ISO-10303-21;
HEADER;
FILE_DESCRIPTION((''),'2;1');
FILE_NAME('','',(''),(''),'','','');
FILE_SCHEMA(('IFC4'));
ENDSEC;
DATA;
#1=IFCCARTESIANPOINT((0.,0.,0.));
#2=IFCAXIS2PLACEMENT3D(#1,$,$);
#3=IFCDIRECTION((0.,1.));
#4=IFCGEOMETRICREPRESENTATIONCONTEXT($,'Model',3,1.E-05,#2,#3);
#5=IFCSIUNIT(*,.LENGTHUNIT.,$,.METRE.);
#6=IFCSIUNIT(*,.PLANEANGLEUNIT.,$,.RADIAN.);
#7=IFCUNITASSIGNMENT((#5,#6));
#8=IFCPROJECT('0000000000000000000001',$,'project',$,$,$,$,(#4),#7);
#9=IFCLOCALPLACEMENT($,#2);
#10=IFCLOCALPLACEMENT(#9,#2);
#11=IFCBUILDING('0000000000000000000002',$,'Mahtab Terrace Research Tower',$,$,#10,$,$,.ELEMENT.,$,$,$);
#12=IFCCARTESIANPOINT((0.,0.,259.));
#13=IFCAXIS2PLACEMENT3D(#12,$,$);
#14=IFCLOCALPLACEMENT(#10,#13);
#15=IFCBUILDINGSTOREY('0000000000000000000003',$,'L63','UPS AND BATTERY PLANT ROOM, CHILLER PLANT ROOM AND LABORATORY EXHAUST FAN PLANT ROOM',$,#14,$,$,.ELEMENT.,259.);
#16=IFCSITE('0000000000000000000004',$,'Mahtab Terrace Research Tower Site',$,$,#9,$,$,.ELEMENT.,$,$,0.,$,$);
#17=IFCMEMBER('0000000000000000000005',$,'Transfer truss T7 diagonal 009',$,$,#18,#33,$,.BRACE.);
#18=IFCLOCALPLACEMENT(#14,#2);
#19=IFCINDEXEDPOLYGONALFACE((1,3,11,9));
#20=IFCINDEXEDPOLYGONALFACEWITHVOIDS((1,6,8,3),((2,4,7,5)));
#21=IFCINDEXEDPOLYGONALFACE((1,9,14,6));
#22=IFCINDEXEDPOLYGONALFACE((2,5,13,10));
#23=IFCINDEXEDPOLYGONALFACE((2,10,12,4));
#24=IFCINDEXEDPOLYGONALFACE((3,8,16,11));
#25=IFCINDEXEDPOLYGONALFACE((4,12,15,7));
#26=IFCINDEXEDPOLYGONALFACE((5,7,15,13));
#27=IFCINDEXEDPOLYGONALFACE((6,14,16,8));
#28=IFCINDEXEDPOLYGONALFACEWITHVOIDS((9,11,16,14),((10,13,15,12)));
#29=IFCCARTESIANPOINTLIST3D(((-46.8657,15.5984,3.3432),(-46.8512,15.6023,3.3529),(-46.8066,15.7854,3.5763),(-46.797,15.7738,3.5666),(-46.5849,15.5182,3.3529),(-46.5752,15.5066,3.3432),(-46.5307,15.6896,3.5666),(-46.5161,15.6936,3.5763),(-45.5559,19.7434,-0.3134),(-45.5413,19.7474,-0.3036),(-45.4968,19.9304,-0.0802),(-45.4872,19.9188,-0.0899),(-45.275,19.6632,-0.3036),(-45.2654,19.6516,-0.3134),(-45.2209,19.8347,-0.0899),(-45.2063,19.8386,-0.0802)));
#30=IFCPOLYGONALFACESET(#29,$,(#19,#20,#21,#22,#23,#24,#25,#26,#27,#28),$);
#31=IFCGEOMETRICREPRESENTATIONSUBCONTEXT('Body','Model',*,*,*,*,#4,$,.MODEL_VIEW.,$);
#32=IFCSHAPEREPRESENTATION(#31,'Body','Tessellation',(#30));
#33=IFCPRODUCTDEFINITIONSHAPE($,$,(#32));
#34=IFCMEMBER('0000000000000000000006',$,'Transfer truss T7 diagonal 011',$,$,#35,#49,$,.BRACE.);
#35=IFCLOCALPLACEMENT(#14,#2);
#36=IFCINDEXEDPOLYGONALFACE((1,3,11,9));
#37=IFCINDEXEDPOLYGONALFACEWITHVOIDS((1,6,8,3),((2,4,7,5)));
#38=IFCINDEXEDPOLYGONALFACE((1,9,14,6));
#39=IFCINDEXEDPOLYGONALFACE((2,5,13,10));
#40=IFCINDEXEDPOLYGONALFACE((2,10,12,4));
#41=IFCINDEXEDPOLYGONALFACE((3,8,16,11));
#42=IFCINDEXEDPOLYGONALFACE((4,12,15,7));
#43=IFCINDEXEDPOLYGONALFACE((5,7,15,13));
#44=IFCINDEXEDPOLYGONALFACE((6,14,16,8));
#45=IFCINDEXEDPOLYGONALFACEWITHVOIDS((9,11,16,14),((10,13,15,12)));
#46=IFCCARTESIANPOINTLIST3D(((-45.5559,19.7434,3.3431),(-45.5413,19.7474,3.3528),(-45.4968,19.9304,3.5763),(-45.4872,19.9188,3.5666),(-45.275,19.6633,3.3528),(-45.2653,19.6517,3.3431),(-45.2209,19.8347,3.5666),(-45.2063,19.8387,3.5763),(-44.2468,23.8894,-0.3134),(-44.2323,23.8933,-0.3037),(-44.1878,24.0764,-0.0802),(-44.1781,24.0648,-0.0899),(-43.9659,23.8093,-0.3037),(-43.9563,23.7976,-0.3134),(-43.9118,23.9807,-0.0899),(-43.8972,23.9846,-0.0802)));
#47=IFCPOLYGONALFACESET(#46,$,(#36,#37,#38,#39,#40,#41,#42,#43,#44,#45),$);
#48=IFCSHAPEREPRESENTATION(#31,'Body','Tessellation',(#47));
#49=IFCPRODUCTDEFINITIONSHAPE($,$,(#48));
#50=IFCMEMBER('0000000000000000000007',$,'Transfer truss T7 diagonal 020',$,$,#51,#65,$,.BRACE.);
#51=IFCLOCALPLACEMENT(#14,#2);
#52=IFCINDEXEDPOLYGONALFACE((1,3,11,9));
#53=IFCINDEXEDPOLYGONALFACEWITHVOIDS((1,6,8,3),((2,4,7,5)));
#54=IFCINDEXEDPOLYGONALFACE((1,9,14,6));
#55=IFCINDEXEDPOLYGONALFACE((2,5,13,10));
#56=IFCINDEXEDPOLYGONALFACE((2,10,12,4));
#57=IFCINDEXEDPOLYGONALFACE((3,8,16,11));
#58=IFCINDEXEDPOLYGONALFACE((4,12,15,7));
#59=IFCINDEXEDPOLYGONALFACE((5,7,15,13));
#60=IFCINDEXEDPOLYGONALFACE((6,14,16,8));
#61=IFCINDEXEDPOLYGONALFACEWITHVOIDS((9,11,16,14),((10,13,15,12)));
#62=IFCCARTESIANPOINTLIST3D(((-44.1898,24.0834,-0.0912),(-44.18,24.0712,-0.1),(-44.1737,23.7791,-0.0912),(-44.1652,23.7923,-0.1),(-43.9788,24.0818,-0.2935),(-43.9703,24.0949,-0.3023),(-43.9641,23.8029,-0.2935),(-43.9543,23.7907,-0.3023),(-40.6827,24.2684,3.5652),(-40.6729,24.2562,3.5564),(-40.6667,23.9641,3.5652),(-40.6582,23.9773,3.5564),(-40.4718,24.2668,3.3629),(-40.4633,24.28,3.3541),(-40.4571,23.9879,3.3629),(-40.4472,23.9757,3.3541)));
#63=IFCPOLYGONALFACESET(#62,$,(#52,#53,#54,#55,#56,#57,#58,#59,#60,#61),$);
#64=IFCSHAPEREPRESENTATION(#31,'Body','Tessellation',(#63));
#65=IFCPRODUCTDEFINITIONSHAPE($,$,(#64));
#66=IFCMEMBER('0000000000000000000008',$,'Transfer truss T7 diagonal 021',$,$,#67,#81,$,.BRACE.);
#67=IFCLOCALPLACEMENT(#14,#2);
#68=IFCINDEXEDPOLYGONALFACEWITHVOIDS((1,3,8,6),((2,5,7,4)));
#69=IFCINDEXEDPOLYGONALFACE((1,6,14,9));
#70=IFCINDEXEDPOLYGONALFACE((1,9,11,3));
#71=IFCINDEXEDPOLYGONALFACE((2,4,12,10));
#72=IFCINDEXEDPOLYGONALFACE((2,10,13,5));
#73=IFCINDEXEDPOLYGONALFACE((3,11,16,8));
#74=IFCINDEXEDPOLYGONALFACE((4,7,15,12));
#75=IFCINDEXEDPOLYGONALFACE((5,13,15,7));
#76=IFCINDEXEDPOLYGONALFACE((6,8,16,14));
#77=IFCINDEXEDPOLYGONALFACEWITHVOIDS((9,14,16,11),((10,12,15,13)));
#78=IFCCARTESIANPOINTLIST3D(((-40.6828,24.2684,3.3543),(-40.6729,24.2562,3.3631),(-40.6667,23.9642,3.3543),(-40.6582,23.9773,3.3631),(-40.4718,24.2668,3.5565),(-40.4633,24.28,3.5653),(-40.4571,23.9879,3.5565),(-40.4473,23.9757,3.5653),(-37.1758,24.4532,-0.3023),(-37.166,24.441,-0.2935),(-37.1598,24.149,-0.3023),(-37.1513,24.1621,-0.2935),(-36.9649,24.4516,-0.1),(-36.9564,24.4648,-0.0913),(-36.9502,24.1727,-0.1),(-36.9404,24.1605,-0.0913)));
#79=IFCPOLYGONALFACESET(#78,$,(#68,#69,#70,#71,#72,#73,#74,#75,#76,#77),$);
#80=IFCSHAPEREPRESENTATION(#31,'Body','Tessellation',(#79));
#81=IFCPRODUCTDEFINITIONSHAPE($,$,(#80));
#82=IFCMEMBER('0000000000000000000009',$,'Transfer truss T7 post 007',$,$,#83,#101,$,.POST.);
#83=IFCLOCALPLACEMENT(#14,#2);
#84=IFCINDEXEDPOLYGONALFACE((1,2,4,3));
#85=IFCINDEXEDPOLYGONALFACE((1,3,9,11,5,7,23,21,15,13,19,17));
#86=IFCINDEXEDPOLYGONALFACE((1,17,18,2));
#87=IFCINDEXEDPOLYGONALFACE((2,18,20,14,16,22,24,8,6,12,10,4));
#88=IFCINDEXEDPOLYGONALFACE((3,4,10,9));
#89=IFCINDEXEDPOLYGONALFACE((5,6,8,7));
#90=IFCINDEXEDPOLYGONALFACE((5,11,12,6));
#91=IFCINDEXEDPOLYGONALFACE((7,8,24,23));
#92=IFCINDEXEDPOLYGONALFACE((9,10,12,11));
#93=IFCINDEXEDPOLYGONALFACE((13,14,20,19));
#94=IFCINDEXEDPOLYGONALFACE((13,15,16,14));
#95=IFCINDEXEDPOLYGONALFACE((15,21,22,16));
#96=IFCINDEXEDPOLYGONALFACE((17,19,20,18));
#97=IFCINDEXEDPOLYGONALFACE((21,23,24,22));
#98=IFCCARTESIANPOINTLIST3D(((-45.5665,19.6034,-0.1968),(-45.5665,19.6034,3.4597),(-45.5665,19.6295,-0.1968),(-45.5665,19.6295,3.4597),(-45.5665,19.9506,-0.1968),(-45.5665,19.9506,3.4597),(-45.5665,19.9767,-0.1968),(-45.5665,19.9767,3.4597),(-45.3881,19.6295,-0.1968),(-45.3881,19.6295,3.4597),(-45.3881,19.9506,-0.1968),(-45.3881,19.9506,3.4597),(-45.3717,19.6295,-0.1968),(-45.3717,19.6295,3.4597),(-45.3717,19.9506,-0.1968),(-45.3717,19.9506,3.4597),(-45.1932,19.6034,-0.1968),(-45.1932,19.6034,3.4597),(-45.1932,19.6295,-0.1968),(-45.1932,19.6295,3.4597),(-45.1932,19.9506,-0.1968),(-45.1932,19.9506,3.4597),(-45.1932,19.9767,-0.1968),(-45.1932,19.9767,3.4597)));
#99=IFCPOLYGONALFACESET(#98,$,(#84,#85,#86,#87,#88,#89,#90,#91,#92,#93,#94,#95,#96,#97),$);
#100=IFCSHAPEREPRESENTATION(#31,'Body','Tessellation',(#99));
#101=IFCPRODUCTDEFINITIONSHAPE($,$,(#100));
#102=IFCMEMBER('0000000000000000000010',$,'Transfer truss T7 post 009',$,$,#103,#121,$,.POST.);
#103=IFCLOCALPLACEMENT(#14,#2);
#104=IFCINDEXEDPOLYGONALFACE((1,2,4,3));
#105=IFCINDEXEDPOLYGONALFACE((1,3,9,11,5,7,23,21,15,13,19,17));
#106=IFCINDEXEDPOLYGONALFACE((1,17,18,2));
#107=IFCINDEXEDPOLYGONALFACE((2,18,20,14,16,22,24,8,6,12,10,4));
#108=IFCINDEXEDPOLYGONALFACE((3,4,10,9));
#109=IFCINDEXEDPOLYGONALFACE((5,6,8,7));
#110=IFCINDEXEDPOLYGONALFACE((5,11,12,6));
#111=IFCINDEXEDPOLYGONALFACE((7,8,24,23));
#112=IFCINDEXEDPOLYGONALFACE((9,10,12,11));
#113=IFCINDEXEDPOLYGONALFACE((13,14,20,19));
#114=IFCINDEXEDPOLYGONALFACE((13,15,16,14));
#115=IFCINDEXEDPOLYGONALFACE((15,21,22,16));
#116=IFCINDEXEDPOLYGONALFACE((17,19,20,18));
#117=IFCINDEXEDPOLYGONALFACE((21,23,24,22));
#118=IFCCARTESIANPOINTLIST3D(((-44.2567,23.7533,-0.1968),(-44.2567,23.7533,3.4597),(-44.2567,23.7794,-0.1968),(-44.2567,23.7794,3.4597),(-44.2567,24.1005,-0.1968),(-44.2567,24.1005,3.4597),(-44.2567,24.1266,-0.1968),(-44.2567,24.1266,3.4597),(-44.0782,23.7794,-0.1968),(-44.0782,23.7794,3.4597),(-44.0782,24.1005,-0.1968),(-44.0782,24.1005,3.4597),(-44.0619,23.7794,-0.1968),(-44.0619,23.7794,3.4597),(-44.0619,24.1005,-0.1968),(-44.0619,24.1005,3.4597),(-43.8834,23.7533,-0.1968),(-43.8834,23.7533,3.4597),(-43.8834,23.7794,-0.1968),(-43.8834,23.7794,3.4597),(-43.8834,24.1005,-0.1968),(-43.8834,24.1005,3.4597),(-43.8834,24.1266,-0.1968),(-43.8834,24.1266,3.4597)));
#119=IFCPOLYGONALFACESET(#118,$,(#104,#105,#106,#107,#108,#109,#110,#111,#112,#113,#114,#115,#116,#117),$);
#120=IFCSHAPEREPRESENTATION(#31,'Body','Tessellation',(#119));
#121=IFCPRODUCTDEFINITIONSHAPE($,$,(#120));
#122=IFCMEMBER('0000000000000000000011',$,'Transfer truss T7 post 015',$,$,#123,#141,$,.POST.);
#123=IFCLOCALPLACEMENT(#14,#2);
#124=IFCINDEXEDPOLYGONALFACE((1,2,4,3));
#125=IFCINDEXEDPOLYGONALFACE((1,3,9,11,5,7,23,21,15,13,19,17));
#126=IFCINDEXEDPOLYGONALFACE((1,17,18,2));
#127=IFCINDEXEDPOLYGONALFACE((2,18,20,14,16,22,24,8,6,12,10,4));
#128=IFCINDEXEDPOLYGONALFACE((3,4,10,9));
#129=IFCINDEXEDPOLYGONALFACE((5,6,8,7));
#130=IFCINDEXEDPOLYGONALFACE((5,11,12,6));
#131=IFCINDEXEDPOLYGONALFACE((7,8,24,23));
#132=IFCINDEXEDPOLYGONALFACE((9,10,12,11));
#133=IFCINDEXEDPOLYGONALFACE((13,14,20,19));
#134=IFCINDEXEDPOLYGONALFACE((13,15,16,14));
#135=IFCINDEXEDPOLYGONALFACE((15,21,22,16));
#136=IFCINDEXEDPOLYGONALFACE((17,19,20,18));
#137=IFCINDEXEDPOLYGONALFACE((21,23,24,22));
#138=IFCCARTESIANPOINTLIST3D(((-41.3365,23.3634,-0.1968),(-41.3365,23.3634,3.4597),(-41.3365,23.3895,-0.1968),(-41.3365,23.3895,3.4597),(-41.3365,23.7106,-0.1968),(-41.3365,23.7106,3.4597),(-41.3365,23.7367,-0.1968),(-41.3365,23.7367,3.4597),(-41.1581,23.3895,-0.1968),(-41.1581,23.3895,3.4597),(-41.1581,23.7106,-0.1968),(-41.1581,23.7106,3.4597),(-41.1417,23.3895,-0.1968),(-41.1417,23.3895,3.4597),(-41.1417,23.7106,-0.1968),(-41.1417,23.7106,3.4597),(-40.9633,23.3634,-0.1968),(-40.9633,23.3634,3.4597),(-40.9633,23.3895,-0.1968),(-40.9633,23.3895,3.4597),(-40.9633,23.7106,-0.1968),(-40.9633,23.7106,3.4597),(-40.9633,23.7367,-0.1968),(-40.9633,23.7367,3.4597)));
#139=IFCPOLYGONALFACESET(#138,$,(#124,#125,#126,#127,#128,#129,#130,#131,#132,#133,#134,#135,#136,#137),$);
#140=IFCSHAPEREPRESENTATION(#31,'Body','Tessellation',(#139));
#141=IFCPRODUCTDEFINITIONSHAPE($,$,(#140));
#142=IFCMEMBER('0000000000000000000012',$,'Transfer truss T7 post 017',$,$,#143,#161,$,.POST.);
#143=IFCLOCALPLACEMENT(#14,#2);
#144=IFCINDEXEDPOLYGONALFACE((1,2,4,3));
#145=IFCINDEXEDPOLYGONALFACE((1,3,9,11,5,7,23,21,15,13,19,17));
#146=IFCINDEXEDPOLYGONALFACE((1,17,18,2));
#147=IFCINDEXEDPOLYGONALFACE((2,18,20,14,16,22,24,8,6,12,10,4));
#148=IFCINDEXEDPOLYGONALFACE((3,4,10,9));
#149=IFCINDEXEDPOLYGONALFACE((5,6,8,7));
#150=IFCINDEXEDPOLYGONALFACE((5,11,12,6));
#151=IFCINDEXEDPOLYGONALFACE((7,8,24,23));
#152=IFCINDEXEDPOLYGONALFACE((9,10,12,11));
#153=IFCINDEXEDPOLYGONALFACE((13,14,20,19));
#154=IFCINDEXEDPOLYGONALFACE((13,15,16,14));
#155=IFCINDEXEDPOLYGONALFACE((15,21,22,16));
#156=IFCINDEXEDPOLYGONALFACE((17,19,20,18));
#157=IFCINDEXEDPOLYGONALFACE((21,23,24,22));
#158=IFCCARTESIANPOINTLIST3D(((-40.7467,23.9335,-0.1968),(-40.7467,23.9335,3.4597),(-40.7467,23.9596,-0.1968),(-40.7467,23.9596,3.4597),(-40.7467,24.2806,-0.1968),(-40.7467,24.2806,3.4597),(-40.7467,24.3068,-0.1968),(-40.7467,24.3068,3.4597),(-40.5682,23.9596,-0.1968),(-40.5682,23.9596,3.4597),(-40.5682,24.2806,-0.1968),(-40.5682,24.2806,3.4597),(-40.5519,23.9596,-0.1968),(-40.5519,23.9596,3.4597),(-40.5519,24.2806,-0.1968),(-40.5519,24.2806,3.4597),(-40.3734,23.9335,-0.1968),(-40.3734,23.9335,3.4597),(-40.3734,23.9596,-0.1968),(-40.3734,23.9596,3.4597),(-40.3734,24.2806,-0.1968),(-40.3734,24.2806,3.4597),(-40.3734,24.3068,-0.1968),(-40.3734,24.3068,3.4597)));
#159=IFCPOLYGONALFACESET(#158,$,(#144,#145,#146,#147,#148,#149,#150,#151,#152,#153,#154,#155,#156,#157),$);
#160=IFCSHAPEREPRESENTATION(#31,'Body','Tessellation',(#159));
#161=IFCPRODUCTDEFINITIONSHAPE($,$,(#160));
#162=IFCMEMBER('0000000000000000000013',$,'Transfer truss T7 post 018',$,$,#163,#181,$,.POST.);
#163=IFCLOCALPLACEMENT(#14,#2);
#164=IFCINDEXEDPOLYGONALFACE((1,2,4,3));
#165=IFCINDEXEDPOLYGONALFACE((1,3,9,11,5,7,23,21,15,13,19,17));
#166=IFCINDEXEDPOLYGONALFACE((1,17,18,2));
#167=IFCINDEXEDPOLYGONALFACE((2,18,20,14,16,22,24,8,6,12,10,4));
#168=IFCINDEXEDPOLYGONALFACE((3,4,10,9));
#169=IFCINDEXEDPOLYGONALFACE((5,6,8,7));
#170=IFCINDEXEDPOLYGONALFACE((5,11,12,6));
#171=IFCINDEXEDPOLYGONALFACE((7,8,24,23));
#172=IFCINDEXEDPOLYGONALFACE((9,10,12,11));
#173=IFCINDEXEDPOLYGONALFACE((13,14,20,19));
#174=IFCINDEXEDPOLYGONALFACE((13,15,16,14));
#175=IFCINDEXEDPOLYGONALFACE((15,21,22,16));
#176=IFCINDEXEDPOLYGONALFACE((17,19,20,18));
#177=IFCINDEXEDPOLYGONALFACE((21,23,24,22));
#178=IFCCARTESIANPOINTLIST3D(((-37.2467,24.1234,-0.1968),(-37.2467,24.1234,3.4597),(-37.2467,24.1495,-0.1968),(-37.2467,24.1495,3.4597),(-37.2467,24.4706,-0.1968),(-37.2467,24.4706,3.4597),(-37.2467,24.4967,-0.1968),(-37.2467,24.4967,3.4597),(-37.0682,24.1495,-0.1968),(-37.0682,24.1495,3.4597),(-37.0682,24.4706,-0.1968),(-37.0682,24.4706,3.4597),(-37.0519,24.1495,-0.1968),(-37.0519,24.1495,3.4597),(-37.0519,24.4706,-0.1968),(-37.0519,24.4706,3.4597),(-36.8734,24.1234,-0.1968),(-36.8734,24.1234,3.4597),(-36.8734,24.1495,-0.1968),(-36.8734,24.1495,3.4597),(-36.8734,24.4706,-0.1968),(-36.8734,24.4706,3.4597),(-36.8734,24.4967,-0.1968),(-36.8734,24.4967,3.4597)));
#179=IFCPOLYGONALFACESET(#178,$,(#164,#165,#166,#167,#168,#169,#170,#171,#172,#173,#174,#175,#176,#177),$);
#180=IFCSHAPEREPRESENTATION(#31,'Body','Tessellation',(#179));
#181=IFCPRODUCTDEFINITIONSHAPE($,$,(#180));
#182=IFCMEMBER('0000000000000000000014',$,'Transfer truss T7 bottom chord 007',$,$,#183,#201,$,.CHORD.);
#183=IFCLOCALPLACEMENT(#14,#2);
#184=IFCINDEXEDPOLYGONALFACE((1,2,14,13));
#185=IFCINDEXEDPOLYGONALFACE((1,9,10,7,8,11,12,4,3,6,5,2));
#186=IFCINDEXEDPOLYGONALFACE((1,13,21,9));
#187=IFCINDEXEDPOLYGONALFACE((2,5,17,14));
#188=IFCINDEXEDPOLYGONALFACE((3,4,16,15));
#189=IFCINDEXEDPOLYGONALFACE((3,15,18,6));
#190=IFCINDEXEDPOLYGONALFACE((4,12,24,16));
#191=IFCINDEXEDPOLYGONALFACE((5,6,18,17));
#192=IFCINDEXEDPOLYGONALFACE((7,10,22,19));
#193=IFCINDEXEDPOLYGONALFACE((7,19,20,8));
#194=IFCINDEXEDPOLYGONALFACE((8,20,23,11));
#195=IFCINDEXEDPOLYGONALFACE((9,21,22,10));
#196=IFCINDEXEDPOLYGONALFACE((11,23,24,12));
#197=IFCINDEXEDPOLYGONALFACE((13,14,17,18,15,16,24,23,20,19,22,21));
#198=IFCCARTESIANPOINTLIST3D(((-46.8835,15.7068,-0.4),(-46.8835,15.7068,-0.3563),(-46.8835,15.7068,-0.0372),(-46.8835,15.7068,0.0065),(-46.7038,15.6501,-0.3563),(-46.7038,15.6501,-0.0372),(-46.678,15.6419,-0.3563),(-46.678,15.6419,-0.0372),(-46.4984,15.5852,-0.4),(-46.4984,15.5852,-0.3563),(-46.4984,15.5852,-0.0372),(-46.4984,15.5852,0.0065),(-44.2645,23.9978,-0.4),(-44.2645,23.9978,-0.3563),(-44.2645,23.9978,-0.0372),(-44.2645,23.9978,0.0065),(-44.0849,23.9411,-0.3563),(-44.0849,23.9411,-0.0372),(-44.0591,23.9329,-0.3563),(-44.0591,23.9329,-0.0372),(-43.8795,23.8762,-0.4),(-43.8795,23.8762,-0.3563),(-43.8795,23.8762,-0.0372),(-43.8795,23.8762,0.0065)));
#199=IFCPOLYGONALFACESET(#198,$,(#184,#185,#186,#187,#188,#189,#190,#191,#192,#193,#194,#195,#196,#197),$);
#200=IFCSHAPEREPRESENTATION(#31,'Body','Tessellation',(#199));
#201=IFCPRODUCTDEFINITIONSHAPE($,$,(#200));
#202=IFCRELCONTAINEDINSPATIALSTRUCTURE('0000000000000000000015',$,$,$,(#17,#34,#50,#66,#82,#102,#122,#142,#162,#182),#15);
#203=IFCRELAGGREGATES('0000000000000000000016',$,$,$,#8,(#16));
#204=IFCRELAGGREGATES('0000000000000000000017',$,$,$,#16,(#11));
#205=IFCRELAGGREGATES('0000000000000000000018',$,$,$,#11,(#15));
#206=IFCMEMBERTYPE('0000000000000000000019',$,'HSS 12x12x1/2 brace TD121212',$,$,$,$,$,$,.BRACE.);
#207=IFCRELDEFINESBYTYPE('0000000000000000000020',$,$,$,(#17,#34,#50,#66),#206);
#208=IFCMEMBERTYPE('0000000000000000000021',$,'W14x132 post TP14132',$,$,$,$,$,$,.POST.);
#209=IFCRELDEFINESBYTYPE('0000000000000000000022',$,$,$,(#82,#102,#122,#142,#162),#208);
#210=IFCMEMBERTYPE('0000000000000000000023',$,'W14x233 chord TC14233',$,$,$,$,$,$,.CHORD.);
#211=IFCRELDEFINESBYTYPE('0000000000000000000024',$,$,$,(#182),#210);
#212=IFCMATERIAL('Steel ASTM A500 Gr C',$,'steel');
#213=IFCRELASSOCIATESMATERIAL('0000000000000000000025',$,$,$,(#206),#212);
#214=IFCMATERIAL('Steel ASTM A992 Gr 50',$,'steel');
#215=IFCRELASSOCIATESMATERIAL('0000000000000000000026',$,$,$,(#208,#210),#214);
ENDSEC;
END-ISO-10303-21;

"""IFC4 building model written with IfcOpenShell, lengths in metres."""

from ifc_helpers import new_model, si_unit, direction, frame, origin, origin_2d, place, context, subcontext, project, spatial, hollow_rectangle, i_section, extrude, material, material_profile, profile_set, type_object, element, save


model = new_model("IFC4")

# Units and contexts
model_context = context("Model", 3, precision=1e-05, world=origin(), true_north=direction((0.0, 1.0)))
body_context = subcontext(model_context, "Body", "Model", "MODEL_VIEW")
ifc_project = project(units=[si_unit("LENGTHUNIT", "METRE"), si_unit("PLANEANGLEUNIT", "RADIAN")], contexts=[model_context])

# Site, building, storey
site_placement = place(None, origin())
site = spatial("IfcSite", under=ifc_project, at=site_placement, Name="Mahtab Terrace Research Tower Site", CompositionType="ELEMENT", RefElevation=0.0)
building_placement = place(site_placement, origin())
building = spatial("IfcBuilding", under=site, at=building_placement, Name="Mahtab Terrace Research Tower", CompositionType="ELEMENT")
storey_placement = place(building_placement, frame((0.0, 0.0, 259.0)))
storey = spatial("IfcBuildingStorey", under=building, at=storey_placement, Name="L63", Description="UPS AND BATTERY PLANT ROOM, CHILLER PLANT ROOM AND LABORATORY EXHAUST FAN PLANT ROOM", CompositionType="ELEMENT", Elevation=259.0)

# Members
ifc_material_1 = material(Name="Steel ASTM A500 Gr C", Category="steel")
ifc_material_profile_1 = material_profile(ifc_material_1, hollow_rectangle(XDim=0.3047, YDim=0.3047, WallThickness=0.0127, at=origin_2d()), Name="HSS12X12X1/2")
ifc_profile_set_1 = profile_set([ifc_material_profile_1], Name="Steel ASTM A500 Gr C")
member_type_1 = type_object("IfcMemberType", Name="HSS 12x12x1/2 brace TD121212", PredefinedType="BRACE", material=ifc_profile_set_1)
member_1_placement = place(storey_placement, frame((-45.3811, 19.791, -0.1968), z_axis=(-0.230586, -0.729708, 0.643706), x_axis=(0.953526, -0.301311, 0.0)))
element("IfcMember", 1, at=member_1_placement, inside=storey, type_object=member_type_1, Name="Transfer truss T7 diagonal 009", PredefinedType="BRACE", context=body_context, shape_type="SweptSolid", body=[
    extrude(hollow_rectangle(XDim=0.3047, YDim=0.3047, WallThickness=0.0127, at=origin_2d()), origin(), (0.0, 0.0, 1.0), 5.6804),
])
member_2_placement = place(storey_placement, frame((-44.072, 23.937, -0.1968), z_axis=(-0.230435, -0.72981, 0.643644), x_axis=(0.953595, -0.301094, 0.0)))
element("IfcMember", 2, at=member_2_placement, inside=storey, type_object=member_type_1, Name="Transfer truss T7 diagonal 011", PredefinedType="BRACE", context=body_context, shape_type="SweptSolid", body=[
    extrude(hollow_rectangle(XDim=0.3047, YDim=0.3047, WallThickness=0.0127, at=origin_2d()), origin(), (0.0, 0.0, 1.0), 5.6809),
])
for number, where, z_axis, x_axis, name in (
    (3, (-44.072, 23.937, -0.1968), (0.691746, 0.036501, 0.721217), (-0.052694, 0.998611, 0.0), "Transfer truss T7 diagonal 020"),
    (4, (-37.0581, 24.3069, -0.1968), (-0.691723, -0.036455, 0.721243), (0.052628, -0.998614, 0.0), "Transfer truss T7 diagonal 021"),
):
    element("IfcMember", number, at=place(storey_placement, frame(where, z_axis=z_axis, x_axis=x_axis)), inside=storey, type_object=member_type_1, Name=name, PredefinedType="BRACE", context=body_context, shape_type="SweptSolid", body=[
        extrude(hollow_rectangle(XDim=0.3047, YDim=0.3047, WallThickness=0.0127, at=origin_2d()), origin(), (0.0, 0.0, 1.0), 5.0698),
    ])
ifc_material_2 = material(Name="Steel ASTM A992 Gr 50", Category="steel")
ifc_material_profile_2 = material_profile(ifc_material_2, i_section(OverallWidth=0.3733, OverallDepth=0.3733, WebThickness=0.0164, FlangeThickness=0.0261, at=origin_2d()), Name="W14X132")
ifc_profile_set_2 = profile_set([ifc_material_profile_2], Name="Steel ASTM A992 Gr 50")
member_type_2 = type_object("IfcMemberType", Name="W14x132 post TP14132", PredefinedType="POST", material=ifc_profile_set_2)
for number, where, z_axis, x_axis, name in (
    (5, (-45.3799, 19.79, -0.1968), (0.0, 0.0, 1.0), (1.0, 0.0, 0.0), "Transfer truss T7 post 007"),
    (6, (-44.0701, 23.9399, -0.1968), (0.0, 0.0, 1.0), (1.0, 0.0, 0.0), "Transfer truss T7 post 009"),
    (7, (-41.1499, 23.55, -0.1968), (0.0, 0.0, 1.0), (1.0, 0.0, 0.0), "Transfer truss T7 post 015"),
    (8, (-40.5601, 24.1201, -0.1968), (0.0, 0.0, 1.0), (1.0, 0.0, 0.0), "Transfer truss T7 post 017"),
    (9, (-37.0601, 24.3101, -0.1968), (0.0, 0.0, 1.0), (1.0, 0.0, 0.0), "Transfer truss T7 post 018"),
):
    element("IfcMember", number, at=place(storey_placement, frame(where, z_axis=z_axis, x_axis=x_axis)), inside=storey, type_object=member_type_2, Name=name, PredefinedType="POST", context=body_context, shape_type="SweptSolid", body=[
        extrude(i_section(OverallWidth=0.3733, OverallDepth=0.3733, WebThickness=0.0164, FlangeThickness=0.0261, at=origin_2d()), origin(), (0.0, 0.0, 1.0), 3.6565),
    ])
ifc_material_profile_3 = material_profile(ifc_material_2, i_section(OverallWidth=0.4038, OverallDepth=0.4065, WebThickness=0.0271, FlangeThickness=0.0437, at=origin_2d()), Name="W14X233")
ifc_profile_set_3 = profile_set([ifc_material_profile_3], Name="Steel ASTM A992 Gr 50")
member_type_3 = type_object("IfcMemberType", Name="W14x233 chord TC14233", PredefinedType="CHORD", material=ifc_profile_set_3)
member_3_placement = place(storey_placement, frame((-44.072, 23.937, -0.1968), z_axis=(-0.301203, -0.95356, 0.0), x_axis=(0.95356, -0.301203, 0.0)))
element("IfcMember", 10, at=member_3_placement, inside=storey, type_object=member_type_3, Name="Transfer truss T7 bottom chord 007", PredefinedType="CHORD", context=body_context, shape_type="SweptSolid", body=[
    extrude(i_section(OverallWidth=0.4038, OverallDepth=0.4065, WebThickness=0.0271, FlangeThickness=0.0437, at=origin_2d()), origin(), (0.0, 0.0, 1.0), 8.6948),
])

save(model, "model.ifc")
